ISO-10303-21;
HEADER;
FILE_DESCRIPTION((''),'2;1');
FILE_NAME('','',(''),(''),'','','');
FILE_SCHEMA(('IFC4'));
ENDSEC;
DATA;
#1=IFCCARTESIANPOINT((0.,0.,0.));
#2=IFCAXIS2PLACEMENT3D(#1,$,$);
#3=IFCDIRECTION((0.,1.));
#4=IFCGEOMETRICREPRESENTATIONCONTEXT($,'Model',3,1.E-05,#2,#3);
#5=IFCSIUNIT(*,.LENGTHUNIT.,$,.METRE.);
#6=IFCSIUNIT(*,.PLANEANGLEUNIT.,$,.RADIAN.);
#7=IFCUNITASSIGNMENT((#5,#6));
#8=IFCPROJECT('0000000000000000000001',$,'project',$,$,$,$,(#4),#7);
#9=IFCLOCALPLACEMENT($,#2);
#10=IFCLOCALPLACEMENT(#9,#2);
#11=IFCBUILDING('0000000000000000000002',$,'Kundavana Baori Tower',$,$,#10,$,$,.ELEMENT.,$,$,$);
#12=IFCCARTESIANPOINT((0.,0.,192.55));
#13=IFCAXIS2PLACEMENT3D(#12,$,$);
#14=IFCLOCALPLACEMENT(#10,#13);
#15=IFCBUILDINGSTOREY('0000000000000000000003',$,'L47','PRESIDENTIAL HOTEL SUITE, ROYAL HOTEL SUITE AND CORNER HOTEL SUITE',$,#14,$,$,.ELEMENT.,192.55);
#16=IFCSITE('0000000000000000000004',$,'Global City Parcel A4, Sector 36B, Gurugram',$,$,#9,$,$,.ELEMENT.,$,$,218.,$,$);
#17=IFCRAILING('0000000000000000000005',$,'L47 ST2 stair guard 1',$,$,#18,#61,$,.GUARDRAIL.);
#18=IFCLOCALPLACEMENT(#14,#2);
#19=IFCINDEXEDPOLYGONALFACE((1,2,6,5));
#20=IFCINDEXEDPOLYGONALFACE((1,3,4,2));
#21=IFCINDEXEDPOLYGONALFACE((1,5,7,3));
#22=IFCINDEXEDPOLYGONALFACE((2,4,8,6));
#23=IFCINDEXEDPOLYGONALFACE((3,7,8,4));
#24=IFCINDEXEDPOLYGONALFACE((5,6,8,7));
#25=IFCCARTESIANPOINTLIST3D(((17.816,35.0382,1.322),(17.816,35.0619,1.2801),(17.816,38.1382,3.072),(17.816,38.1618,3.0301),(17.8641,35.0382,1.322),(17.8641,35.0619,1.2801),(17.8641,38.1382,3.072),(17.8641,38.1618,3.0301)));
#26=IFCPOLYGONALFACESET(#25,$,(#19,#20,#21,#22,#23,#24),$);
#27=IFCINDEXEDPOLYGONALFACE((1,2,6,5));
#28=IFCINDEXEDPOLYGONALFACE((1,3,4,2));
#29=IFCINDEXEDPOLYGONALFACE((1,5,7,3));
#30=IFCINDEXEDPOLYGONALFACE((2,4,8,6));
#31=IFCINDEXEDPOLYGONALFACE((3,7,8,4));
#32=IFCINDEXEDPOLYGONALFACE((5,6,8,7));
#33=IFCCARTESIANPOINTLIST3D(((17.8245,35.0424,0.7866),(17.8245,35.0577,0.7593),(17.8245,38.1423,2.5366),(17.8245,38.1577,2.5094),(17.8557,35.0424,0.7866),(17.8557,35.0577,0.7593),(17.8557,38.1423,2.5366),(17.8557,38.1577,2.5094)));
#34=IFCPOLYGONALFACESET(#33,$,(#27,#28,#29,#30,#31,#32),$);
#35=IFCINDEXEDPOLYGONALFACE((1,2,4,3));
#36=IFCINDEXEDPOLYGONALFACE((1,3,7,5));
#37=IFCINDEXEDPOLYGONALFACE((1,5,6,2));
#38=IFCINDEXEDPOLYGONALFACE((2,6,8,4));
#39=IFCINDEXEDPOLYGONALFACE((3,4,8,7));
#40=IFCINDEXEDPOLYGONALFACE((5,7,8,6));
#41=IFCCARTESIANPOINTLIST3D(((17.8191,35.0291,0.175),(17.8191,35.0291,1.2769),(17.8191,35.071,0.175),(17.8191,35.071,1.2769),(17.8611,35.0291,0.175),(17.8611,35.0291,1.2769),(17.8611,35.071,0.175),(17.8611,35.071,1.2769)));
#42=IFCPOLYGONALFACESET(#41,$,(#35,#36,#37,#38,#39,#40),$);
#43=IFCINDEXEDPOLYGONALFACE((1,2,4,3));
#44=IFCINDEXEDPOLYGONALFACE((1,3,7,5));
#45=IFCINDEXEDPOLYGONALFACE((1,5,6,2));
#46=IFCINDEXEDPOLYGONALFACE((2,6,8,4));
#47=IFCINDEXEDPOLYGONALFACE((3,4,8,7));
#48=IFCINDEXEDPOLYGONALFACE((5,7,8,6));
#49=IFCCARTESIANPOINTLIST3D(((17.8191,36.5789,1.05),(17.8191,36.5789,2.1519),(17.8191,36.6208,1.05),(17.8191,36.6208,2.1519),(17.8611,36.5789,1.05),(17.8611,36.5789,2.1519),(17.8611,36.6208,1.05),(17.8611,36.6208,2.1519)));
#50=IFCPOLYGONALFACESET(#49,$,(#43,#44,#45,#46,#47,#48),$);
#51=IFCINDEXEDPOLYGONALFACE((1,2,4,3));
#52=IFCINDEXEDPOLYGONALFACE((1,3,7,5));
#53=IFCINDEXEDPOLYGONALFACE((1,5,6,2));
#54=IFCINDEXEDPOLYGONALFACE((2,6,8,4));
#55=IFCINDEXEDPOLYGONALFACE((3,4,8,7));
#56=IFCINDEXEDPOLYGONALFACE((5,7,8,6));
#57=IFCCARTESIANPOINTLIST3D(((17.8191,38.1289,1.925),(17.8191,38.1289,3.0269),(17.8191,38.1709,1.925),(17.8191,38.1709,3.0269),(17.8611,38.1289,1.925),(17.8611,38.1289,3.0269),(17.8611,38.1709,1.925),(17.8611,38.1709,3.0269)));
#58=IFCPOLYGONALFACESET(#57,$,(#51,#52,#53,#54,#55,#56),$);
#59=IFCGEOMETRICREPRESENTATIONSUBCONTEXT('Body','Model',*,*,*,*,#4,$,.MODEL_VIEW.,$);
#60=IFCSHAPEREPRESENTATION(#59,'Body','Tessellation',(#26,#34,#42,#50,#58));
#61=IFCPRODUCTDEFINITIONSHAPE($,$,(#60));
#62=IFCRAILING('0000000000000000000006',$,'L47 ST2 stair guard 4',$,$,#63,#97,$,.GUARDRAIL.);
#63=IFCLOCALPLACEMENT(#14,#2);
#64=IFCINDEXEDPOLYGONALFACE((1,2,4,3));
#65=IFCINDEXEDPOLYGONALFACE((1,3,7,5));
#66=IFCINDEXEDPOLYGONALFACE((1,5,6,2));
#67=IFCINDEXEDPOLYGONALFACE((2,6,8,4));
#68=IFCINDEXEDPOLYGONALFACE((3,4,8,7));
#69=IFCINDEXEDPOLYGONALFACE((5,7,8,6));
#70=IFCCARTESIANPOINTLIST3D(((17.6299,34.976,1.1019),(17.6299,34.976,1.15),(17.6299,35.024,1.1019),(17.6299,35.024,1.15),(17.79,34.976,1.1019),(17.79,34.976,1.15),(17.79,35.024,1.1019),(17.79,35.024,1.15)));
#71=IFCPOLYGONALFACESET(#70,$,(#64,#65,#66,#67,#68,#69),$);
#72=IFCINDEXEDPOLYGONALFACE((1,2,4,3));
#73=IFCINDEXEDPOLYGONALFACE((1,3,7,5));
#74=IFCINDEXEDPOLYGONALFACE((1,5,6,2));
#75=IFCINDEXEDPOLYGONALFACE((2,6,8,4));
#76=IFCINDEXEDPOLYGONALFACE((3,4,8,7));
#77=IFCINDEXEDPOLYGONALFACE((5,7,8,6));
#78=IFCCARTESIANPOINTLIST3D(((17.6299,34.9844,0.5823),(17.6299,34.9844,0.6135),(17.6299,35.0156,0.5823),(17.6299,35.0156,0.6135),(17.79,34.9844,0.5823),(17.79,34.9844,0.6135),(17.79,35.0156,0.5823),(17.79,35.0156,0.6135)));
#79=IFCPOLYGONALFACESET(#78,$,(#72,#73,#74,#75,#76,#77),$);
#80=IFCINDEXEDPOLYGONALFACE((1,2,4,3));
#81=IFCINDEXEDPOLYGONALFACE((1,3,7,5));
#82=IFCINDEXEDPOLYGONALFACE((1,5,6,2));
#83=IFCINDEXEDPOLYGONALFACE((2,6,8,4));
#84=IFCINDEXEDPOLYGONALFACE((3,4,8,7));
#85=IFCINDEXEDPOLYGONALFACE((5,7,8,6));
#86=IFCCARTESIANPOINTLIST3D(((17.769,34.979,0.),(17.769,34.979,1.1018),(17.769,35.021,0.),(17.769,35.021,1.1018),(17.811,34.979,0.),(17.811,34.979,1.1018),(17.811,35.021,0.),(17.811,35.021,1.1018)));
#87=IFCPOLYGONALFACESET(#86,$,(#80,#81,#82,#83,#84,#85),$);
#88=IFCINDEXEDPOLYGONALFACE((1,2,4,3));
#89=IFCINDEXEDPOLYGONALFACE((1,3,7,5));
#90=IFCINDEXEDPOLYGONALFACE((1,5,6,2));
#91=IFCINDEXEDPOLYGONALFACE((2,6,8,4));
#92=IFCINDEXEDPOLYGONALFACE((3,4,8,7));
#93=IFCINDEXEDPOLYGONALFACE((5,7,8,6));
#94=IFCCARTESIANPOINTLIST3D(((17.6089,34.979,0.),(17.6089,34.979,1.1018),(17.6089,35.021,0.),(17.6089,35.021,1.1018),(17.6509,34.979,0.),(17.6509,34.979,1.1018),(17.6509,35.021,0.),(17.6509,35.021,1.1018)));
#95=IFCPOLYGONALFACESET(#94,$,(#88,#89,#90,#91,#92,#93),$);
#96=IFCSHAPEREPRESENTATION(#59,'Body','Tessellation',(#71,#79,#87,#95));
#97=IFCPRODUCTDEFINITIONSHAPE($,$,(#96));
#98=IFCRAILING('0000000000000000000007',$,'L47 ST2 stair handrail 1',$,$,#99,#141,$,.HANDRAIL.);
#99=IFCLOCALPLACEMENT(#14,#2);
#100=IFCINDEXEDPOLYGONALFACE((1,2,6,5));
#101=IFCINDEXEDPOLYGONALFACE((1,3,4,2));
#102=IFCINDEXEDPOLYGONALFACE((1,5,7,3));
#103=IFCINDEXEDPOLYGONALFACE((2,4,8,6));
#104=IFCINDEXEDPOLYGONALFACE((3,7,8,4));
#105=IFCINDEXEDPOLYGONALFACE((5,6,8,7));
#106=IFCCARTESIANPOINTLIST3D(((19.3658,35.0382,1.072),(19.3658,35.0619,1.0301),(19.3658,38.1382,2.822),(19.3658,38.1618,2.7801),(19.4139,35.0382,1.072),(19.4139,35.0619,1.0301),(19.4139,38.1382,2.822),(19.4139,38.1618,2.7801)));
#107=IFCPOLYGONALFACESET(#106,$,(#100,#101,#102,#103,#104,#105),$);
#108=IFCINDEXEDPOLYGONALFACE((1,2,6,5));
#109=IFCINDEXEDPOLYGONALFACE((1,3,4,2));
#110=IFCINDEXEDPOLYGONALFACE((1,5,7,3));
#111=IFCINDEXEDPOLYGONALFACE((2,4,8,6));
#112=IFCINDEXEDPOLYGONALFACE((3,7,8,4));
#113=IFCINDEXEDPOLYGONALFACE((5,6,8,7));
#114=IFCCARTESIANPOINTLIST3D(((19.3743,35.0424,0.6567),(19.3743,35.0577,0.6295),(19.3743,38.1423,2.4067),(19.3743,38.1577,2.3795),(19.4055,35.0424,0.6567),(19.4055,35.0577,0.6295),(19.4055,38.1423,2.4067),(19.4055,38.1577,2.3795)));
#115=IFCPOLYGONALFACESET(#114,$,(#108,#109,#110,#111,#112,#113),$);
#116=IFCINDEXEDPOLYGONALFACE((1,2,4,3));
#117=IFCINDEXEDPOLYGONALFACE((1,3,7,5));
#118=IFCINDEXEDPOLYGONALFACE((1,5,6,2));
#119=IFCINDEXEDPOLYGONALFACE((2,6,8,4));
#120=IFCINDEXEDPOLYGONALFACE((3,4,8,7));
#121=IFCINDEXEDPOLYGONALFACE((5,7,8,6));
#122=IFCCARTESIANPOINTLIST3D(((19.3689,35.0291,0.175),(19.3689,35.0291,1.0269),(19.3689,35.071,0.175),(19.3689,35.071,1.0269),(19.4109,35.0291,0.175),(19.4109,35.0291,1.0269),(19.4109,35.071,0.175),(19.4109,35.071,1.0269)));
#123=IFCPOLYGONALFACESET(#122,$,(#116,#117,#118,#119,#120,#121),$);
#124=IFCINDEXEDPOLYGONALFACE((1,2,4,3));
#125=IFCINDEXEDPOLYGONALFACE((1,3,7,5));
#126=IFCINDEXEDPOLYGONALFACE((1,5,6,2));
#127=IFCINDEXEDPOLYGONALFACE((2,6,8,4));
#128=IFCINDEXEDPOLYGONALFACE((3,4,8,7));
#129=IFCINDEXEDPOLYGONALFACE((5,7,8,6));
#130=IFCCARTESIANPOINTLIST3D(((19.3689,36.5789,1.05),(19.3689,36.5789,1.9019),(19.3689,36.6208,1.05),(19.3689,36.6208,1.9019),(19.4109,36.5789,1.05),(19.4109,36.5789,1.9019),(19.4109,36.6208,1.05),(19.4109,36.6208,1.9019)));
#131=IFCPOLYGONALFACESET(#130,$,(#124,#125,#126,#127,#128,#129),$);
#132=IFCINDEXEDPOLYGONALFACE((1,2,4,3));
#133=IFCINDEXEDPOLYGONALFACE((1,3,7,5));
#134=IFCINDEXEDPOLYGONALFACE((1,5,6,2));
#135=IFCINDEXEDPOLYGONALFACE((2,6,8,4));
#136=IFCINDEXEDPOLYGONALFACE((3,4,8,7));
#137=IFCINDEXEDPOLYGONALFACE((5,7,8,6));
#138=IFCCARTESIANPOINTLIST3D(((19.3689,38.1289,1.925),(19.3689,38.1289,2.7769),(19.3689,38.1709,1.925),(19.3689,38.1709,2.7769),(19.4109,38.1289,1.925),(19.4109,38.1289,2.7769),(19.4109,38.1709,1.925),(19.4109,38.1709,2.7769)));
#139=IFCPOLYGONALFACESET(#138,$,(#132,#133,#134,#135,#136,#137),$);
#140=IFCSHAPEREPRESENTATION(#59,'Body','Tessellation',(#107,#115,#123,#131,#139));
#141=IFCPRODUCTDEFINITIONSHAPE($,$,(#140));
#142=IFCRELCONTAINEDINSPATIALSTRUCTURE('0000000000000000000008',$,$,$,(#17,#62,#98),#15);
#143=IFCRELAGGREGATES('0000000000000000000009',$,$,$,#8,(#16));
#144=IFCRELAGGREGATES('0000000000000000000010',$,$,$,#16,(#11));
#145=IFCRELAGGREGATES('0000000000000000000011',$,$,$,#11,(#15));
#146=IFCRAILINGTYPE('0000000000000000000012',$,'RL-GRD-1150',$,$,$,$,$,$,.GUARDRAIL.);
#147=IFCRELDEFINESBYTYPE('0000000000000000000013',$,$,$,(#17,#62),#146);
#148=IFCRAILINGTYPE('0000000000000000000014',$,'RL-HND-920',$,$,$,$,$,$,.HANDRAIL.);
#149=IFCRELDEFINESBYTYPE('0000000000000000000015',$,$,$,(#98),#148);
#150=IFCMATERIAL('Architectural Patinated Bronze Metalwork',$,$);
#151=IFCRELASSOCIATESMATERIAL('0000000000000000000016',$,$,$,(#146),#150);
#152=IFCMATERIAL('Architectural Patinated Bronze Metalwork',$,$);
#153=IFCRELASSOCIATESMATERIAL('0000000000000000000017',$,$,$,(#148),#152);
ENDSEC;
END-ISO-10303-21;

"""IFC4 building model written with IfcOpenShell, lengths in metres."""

from ifc_helpers import new_model, si_unit, direction, frame, origin, origin_2d, place, context, subcontext, project, spatial, rectangle, extrude, material, type_object, element, save


model = new_model("IFC4")

# Units and contexts
model_context = context("Model", 3, precision=1e-05, world=origin(), true_north=direction((0.0, 1.0)))
body_context = subcontext(model_context, "Body", "Model", "MODEL_VIEW")
ifc_project = project(units=[si_unit("LENGTHUNIT", "METRE"), si_unit("PLANEANGLEUNIT", "RADIAN")], contexts=[model_context])

# Site, building, storey
site_placement = place(None, origin())
site = spatial("IfcSite", under=ifc_project, at=site_placement, Name="Global City Parcel A4, Sector 36B, Gurugram", CompositionType="ELEMENT", RefElevation=218.0)
building_placement = place(site_placement, origin())
building = spatial("IfcBuilding", under=site, at=building_placement, Name="Kundavana Baori Tower", CompositionType="ELEMENT")
storey_placement = place(building_placement, frame((0.0, 0.0, 192.55)))
storey = spatial("IfcBuildingStorey", under=building, at=storey_placement, Name="L47", Description="PRESIDENTIAL HOTEL SUITE, ROYAL HOTEL SUITE AND CORNER HOTEL SUITE", CompositionType="ELEMENT", Elevation=192.55)

# Railings
ifc_material_1 = material(Name="Architectural Patinated Bronze Metalwork")
railing_type_1 = type_object("IfcRailingType", Name="RL-GRD-1150", PredefinedType="GUARDRAIL", material=ifc_material_1)
railing_1_placement = place(storey_placement, frame((17.8401, 35.05, 0.175)))
element("IfcRailing", 1, at=railing_1_placement, inside=storey, type_object=railing_type_1, Name="L47 ST2 stair guard 1", PredefinedType="GUARDRAIL", context=body_context, shape_type="SweptSolid", body=[
    extrude(rectangle(XDim=0.0481, YDim=0.0481, at=origin_2d()), frame((0.0, 0.0, 1.126), z_axis=(0.0, 0.870814, 0.491612), x_axis=(-1.0, 0.0, 0.0)), (0.0, 0.0, 1.0), 3.5598),
    extrude(rectangle(XDim=0.0312, YDim=0.0312, at=origin_2d()), frame((0.0, 0.0, 0.5979), z_axis=(0.0, 0.870814, 0.491612), x_axis=(-1.0, 0.0, 0.0)), (0.0, 0.0, 1.0), 3.5598),
    extrude(rectangle(XDim=0.042, YDim=0.042, at=origin_2d()), origin(), (0.0, 0.0, 1.0), 1.1018),
    extrude(rectangle(XDim=0.042, YDim=0.042, at=origin_2d()), frame((0.0, 1.5498, 0.875)), (0.0, 0.0, 1.0), 1.1018),
    extrude(rectangle(XDim=0.042, YDim=0.042, at=origin_2d()), frame((0.0, 3.0999, 1.75)), (0.0, 0.0, 1.0), 1.1018),
])
railing_2_placement = place(storey_placement, frame((17.79, 35.0, 0.0)))
element("IfcRailing", 2, at=railing_2_placement, inside=storey, type_object=railing_type_1, Name="L47 ST2 stair guard 4", PredefinedType="GUARDRAIL", context=body_context, shape_type="SweptSolid", body=[
    extrude(rectangle(XDim=0.0481, YDim=0.0481, at=origin_2d()), frame((0.0, 0.0, 1.126), z_axis=(-1.0, 0.0, 0.0), x_axis=(0.0, -1.0, 0.0)), (0.0, 0.0, 1.0), 0.1602),
    extrude(rectangle(XDim=0.0312, YDim=0.0312, at=origin_2d()), frame((0.0, 0.0, 0.5979), z_axis=(-1.0, 0.0, 0.0), x_axis=(0.0, -1.0, 0.0)), (0.0, 0.0, 1.0), 0.1602),
    extrude(rectangle(XDim=0.042, YDim=0.042, at=origin_2d()), origin(), (0.0, 0.0, 1.0), 1.1018),
    extrude(rectangle(XDim=0.042, YDim=0.042, at=origin_2d()), frame((-0.1602, 0.0, 0.0)), (0.0, 0.0, 1.0), 1.1018),
])
ifc_material_2 = material(Name="Architectural Patinated Bronze Metalwork")
railing_type_2 = type_object("IfcRailingType", Name="RL-HND-920", PredefinedType="HANDRAIL", material=ifc_material_2)
railing_3_placement = place(storey_placement, frame((19.3899, 35.05, 0.175)))
element("IfcRailing", 3, at=railing_3_placement, inside=storey, type_object=railing_type_2, Name="L47 ST2 stair handrail 1", PredefinedType="HANDRAIL", context=body_context, shape_type="SweptSolid", body=[
    extrude(rectangle(XDim=0.0481, YDim=0.0481, at=origin_2d()), frame((0.0, 0.0, 0.876), z_axis=(0.0, 0.870814, 0.491612), x_axis=(-1.0, 0.0, 0.0)), (0.0, 0.0, 1.0), 3.5598),
    extrude(rectangle(XDim=0.0312, YDim=0.0312, at=origin_2d()), frame((0.0, 0.0, 0.468), z_axis=(0.0, 0.870814, 0.491612), x_axis=(-1.0, 0.0, 0.0)), (0.0, 0.0, 1.0), 3.5598),
    extrude(rectangle(XDim=0.042, YDim=0.042, at=origin_2d()), origin(), (0.0, 0.0, 1.0), 0.8518),
    extrude(rectangle(XDim=0.042, YDim=0.042, at=origin_2d()), frame((0.0, 1.5498, 0.875)), (0.0, 0.0, 1.0), 0.8518),
    extrude(rectangle(XDim=0.042, YDim=0.042, at=origin_2d()), frame((0.0, 3.0999, 1.75)), (0.0, 0.0, 1.0), 0.8518),
])

save(model, "model.ifc")
